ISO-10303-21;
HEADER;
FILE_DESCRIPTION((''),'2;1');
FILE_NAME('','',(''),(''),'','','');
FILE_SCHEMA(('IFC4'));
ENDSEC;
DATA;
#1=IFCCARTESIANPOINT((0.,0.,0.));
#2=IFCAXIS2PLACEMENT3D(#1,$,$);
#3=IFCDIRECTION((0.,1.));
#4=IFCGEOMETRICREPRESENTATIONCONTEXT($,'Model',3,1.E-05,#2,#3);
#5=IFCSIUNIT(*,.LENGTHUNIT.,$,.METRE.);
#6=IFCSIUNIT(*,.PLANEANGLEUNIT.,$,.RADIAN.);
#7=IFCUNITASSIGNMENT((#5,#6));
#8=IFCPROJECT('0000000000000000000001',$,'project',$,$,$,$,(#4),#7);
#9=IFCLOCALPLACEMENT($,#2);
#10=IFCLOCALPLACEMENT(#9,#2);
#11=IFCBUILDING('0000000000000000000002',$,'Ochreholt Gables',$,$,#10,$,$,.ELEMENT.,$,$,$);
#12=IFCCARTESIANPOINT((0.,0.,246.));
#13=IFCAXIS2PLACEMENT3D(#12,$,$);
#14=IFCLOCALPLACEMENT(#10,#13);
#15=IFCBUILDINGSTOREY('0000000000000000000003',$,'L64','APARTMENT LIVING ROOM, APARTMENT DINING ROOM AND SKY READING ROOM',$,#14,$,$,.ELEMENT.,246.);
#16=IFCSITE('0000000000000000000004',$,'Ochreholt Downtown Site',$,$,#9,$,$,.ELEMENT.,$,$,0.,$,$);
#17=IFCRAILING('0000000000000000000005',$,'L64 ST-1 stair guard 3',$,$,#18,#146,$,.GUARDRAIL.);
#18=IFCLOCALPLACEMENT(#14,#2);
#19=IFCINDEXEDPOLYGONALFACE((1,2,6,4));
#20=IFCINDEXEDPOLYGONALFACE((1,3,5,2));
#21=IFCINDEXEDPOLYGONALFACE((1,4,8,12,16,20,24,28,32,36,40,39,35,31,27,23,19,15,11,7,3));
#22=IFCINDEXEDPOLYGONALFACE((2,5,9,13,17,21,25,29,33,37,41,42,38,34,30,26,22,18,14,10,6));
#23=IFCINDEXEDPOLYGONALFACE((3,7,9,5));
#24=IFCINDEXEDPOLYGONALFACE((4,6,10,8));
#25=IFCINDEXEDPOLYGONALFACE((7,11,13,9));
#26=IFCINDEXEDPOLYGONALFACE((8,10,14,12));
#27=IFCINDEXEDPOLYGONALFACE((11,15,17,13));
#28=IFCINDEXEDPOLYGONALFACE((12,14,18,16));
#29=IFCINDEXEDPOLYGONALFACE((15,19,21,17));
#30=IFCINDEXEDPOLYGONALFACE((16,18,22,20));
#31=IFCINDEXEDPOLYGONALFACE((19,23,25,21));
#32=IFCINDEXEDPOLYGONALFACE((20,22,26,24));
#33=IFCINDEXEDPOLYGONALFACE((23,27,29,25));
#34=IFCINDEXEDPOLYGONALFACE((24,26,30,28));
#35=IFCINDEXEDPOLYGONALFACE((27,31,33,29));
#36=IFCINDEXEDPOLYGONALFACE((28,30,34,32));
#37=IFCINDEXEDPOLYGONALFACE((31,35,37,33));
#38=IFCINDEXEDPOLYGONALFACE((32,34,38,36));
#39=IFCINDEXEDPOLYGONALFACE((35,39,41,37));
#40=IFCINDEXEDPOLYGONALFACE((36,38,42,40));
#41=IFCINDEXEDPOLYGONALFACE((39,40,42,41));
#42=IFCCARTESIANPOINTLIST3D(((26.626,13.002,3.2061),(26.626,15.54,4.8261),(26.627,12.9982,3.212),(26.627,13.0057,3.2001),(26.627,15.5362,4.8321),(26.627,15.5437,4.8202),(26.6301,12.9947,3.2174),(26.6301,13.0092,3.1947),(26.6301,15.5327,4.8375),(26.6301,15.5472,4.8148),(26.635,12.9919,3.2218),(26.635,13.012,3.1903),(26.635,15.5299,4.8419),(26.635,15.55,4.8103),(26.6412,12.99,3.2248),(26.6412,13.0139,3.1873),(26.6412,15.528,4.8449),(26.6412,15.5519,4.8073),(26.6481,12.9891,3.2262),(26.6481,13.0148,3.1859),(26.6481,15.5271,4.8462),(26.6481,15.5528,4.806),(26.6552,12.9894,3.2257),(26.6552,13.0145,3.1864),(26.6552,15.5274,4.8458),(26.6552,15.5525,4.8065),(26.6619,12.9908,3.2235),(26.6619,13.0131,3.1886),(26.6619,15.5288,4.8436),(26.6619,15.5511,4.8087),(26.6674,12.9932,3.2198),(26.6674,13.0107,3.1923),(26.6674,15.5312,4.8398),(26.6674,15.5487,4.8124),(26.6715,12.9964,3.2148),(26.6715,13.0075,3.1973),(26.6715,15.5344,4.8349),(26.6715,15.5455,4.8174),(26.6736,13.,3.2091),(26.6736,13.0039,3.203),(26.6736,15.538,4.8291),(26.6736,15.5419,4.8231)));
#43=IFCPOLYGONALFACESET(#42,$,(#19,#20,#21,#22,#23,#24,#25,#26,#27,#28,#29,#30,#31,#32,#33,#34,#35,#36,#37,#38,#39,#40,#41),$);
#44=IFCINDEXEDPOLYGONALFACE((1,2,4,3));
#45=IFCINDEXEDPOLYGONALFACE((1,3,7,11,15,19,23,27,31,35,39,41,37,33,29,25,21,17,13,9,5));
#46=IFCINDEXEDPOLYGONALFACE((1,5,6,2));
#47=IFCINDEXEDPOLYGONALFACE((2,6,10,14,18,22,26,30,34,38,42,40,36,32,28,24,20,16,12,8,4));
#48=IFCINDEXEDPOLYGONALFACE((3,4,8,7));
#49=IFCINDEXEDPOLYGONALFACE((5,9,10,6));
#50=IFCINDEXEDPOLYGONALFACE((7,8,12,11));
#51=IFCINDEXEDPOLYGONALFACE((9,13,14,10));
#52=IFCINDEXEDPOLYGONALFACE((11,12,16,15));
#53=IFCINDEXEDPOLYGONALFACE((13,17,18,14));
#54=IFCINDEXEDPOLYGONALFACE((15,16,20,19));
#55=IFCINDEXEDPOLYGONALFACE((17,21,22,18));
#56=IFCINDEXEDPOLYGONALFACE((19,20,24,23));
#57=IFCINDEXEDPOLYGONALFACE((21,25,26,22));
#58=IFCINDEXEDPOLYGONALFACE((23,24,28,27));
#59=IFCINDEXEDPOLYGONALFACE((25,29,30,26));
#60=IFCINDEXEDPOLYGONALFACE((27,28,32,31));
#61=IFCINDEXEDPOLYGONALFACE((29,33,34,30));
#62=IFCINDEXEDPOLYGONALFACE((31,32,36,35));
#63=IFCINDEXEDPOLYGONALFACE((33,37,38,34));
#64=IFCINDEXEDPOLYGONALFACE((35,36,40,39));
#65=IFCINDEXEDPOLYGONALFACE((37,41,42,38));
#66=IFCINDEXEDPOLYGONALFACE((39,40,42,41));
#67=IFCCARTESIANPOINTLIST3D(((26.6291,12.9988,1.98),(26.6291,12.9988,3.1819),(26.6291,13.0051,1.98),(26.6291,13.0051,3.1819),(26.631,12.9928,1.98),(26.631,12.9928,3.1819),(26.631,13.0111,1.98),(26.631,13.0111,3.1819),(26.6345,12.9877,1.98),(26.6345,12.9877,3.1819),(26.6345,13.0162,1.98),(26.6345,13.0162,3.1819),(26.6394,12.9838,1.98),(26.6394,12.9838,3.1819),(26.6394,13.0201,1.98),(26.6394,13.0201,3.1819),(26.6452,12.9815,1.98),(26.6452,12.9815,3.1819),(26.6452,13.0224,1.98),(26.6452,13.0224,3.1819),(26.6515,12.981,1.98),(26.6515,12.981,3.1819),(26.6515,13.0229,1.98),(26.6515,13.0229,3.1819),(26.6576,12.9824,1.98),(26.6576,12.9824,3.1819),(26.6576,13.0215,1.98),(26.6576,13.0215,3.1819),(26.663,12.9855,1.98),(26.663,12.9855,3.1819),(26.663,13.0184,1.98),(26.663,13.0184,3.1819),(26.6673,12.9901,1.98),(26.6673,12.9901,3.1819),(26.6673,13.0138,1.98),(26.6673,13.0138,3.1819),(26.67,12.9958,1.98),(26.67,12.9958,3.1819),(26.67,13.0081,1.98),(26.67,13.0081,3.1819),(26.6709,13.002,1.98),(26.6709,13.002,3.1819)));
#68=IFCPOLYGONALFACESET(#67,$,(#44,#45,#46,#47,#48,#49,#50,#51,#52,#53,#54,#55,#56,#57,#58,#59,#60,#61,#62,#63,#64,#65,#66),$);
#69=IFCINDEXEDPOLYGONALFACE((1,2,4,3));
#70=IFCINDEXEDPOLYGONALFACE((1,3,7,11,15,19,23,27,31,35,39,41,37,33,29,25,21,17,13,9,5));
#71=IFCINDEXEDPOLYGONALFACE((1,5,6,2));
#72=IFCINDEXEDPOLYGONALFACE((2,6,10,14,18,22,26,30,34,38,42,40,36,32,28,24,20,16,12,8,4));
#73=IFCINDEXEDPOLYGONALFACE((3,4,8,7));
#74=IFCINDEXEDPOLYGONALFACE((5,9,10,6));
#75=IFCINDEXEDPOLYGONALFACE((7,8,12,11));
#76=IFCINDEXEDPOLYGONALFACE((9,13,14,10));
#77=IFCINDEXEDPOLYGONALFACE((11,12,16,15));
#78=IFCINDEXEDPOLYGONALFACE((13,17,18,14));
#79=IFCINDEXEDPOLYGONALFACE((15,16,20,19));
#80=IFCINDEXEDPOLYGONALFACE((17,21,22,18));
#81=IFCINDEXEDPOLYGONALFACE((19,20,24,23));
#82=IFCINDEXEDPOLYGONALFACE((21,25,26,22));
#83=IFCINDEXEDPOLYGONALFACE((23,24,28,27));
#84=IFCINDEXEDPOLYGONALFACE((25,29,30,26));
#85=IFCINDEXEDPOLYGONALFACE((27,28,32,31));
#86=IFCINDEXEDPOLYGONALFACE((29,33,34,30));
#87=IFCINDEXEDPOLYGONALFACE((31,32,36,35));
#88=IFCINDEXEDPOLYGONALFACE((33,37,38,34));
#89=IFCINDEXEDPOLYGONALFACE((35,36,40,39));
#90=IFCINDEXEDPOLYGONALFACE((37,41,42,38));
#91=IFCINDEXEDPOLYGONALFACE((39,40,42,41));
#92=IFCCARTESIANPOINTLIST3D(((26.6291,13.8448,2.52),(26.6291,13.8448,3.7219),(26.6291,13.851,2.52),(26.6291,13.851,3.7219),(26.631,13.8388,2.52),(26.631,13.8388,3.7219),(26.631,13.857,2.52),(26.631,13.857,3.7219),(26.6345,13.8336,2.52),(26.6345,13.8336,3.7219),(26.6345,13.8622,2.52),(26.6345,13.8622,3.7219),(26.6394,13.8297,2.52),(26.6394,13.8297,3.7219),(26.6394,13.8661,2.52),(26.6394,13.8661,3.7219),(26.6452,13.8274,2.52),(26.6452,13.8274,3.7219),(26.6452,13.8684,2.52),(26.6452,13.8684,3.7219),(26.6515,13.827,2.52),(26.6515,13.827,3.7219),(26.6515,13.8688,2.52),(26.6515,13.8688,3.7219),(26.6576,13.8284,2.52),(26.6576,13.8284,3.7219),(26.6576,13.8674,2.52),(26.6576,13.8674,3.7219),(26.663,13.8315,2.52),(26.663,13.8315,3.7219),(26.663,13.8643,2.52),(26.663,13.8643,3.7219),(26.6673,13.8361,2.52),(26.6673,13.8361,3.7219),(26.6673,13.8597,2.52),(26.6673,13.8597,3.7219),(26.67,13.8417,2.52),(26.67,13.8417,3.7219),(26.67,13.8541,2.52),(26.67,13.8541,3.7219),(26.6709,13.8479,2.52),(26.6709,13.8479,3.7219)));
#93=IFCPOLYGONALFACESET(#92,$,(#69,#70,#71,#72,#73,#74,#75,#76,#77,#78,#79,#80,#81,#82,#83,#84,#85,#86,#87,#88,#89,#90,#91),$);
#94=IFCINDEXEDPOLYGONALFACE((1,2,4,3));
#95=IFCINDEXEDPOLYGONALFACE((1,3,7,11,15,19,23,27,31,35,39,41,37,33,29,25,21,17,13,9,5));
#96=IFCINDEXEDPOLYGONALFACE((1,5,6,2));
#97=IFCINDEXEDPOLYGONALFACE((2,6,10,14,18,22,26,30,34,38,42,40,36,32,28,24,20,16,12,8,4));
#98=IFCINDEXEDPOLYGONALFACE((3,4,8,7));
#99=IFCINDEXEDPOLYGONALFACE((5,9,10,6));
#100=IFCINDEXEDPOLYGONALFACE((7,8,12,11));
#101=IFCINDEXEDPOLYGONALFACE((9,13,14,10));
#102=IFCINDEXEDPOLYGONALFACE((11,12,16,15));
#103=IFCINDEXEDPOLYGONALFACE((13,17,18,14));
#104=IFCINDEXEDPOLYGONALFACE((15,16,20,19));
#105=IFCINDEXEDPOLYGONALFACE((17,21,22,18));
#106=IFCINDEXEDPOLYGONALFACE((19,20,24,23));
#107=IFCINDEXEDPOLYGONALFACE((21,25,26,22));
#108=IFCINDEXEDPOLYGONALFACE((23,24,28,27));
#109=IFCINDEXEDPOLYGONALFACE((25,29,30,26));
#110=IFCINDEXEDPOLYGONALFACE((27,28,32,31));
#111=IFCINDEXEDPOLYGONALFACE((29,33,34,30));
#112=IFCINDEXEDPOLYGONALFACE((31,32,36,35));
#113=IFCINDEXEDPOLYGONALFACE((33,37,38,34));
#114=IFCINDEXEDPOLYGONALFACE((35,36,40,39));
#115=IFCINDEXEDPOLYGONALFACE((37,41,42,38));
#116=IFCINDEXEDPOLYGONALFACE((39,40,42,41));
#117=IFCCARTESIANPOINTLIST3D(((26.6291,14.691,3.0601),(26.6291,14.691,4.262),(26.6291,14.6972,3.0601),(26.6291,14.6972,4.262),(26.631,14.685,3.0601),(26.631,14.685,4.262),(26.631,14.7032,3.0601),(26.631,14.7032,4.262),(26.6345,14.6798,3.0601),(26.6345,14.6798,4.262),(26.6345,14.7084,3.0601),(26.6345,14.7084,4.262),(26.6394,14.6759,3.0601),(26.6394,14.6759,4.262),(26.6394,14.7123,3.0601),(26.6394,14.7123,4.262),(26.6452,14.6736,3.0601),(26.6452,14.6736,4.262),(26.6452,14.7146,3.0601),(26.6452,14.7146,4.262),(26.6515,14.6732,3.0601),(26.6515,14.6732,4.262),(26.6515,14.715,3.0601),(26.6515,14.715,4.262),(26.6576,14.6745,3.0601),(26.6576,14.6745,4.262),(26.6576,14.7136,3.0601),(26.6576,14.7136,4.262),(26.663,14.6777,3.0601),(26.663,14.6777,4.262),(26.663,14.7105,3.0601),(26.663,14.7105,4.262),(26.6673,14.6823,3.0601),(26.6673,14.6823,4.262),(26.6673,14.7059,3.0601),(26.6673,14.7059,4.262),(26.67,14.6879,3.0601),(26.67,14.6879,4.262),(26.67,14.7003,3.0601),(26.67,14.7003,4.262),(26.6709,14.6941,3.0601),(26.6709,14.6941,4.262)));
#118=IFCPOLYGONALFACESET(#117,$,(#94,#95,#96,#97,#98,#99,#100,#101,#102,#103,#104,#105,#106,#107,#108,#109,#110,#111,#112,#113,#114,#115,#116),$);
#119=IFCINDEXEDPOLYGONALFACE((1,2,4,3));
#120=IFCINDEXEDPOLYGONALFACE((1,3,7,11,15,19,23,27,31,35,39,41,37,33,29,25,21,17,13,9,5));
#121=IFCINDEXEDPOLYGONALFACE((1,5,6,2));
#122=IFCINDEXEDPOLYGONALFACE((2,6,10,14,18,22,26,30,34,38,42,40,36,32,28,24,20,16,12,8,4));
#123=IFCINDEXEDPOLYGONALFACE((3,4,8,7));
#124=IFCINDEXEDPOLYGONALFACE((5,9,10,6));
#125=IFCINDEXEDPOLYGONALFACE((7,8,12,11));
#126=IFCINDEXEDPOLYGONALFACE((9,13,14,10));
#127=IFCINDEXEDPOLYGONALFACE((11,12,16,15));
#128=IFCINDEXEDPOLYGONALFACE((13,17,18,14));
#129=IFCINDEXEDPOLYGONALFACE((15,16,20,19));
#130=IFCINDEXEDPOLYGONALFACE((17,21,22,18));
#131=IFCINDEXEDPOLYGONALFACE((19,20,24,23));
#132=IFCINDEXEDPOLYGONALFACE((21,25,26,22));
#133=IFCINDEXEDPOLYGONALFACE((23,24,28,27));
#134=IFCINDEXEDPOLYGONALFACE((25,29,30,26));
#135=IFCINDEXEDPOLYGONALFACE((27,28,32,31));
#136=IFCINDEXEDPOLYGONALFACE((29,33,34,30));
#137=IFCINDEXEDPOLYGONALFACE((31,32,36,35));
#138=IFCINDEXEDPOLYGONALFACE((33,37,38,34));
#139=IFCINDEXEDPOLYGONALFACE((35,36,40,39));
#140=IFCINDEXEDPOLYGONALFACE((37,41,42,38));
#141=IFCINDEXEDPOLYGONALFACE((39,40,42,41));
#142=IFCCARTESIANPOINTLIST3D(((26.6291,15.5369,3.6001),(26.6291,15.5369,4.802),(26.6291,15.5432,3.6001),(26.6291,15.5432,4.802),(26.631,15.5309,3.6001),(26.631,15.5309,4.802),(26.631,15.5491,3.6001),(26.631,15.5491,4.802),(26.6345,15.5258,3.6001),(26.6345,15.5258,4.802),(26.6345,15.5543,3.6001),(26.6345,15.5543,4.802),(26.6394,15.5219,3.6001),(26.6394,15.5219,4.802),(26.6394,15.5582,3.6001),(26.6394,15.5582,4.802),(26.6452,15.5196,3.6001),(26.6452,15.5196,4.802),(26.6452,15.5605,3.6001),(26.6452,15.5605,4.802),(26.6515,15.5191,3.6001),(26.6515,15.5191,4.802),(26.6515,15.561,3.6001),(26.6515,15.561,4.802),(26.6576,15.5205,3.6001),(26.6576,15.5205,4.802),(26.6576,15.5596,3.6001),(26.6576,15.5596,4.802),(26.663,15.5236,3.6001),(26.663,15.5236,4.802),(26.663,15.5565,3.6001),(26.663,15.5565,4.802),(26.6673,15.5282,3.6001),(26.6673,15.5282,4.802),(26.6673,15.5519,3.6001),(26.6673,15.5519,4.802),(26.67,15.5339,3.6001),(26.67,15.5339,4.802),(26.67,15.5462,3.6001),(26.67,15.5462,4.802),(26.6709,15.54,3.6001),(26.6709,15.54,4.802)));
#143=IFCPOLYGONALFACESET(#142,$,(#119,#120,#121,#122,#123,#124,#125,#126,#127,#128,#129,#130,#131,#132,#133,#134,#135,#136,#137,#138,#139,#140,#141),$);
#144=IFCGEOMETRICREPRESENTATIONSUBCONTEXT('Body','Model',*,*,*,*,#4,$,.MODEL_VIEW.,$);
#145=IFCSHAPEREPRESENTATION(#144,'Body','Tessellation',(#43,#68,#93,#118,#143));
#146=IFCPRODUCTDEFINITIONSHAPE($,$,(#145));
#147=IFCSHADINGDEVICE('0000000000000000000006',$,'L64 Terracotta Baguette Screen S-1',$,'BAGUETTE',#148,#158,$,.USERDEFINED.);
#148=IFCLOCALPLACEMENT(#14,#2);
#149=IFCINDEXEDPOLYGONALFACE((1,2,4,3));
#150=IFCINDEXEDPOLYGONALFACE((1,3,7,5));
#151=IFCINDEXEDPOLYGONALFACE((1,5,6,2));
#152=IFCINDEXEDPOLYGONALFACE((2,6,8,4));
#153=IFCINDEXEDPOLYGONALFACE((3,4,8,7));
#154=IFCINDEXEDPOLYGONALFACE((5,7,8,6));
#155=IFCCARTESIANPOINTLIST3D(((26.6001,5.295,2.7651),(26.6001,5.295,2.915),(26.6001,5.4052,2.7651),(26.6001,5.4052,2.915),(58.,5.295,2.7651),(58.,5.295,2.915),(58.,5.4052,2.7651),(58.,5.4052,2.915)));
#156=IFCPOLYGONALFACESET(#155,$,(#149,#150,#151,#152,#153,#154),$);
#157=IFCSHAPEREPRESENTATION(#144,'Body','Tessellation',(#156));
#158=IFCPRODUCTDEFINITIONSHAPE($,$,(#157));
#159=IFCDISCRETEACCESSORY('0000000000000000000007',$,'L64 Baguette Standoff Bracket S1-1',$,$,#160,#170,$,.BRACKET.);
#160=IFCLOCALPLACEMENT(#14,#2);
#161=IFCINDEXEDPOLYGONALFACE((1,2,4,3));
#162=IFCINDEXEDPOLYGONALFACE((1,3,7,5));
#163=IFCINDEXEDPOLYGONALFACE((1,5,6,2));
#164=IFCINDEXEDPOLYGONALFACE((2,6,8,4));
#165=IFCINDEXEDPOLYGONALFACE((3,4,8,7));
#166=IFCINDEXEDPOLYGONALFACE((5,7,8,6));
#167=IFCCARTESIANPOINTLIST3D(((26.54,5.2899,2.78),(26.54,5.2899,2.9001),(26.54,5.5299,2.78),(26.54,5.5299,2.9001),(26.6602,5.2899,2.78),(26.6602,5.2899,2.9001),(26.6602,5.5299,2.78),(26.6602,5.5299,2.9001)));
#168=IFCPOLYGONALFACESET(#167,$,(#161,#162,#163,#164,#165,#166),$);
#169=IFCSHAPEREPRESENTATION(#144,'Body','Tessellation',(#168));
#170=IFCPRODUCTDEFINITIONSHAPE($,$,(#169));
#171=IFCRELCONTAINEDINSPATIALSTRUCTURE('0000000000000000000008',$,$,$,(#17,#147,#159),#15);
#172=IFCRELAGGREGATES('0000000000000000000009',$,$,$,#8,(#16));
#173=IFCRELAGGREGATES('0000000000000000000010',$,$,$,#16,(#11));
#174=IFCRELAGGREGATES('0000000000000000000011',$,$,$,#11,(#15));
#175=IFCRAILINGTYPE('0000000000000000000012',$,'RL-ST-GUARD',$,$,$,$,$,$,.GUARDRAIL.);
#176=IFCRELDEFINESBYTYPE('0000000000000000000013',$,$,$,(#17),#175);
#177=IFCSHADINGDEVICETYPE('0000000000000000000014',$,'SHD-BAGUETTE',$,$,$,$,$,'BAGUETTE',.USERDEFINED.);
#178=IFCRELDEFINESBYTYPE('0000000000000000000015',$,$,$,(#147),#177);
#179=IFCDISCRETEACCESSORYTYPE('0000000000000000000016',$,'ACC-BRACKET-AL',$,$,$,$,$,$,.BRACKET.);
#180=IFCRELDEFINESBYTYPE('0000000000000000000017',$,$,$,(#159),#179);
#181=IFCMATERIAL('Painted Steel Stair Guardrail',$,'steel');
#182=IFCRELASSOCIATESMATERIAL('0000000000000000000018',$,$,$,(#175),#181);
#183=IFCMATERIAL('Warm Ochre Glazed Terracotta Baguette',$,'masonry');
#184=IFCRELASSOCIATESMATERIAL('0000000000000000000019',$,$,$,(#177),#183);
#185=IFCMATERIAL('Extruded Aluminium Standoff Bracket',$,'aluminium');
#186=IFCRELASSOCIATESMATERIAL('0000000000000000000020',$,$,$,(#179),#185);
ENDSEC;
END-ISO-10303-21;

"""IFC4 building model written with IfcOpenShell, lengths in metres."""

from ifc_helpers import new_model, si_unit, direction, frame, origin, origin_2d, place, context, subcontext, project, spatial, rectangle, circle, extrude, material, material_profile, profile_set, type_object, element, save


model = new_model("IFC4")

# Units and contexts
model_context = context("Model", 3, precision=1e-05, world=origin(), true_north=direction((0.0, 1.0)))
body_context = subcontext(model_context, "Body", "Model", "MODEL_VIEW")
ifc_project = project(units=[si_unit("LENGTHUNIT", "METRE"), si_unit("PLANEANGLEUNIT", "RADIAN")], contexts=[model_context])

# Site, building, storey
site_placement = place(None, origin())
site = spatial("IfcSite", under=ifc_project, at=site_placement, Name="Ochreholt Downtown Site", CompositionType="ELEMENT", RefElevation=0.0)
building_placement = place(site_placement, origin())
building = spatial("IfcBuilding", under=site, at=building_placement, Name="Ochreholt Gables", CompositionType="ELEMENT")
storey_placement = place(building_placement, frame((0.0, 0.0, 246.0)))
storey = spatial("IfcBuildingStorey", under=building, at=storey_placement, Name="L64", Description="APARTMENT LIVING ROOM, APARTMENT DINING ROOM AND SKY READING ROOM", CompositionType="ELEMENT", Elevation=246.0)

# Railing
ifc_material_1 = material(Name="Painted Steel Stair Guardrail", Category="steel")
railing_type = type_object("IfcRailingType", Name="RL-ST-GUARD", PredefinedType="GUARDRAIL", material=ifc_material_1)
railing_1_placement = place(storey_placement, frame((26.6499, 13.002, 1.98)))
element("IfcRailing", 1, at=railing_1_placement, inside=storey, type_object=railing_type, Name="L64 ST-1 stair guard 3", PredefinedType="GUARDRAIL", context=body_context, shape_type="SweptSolid", body=[
    extrude(circle(Radius=0.0239, at=origin_2d()), frame((0.0, 0.0, 1.2261), z_axis=(0.0, 0.842913, 0.53805), x_axis=(-1.0, 0.0, 0.0)), (0.0, 0.0, 1.0), 3.011),
    extrude(circle(Radius=0.021, at=origin_2d()), origin(), (0.0, 0.0, 1.0), 1.2019),
    extrude(circle(Radius=0.021, at=origin_2d()), frame((0.0, 0.8459, 0.54)), (0.0, 0.0, 1.0), 1.2019),
    extrude(circle(Radius=0.021, at=origin_2d()), frame((0.0, 1.6921, 1.0801)), (0.0, 0.0, 1.0), 1.2019),
    extrude(circle(Radius=0.021, at=origin_2d()), frame((0.0, 2.5381, 1.6201)), (0.0, 0.0, 1.0), 1.2019),
])

# Shading device
ifc_material_2 = material(Name="Warm Ochre Glazed Terracotta Baguette", Category="masonry")
ifc_material_profile_1 = material_profile(ifc_material_2, rectangle(XDim=0.1101, YDim=0.1499, at=origin_2d()), Name="TCBAG110X150")
ifc_profile_set_1 = profile_set([ifc_material_profile_1], Name="Warm Ochre Glazed Terracotta Baguette")
shading_device_type = type_object("IfcShadingDeviceType", Name="SHD-BAGUETTE", ElementType="BAGUETTE", PredefinedType="USERDEFINED", material=ifc_profile_set_1)
shading_device_placement = place(storey_placement, frame((26.6001, 5.3501, 2.8401), z_axis=(1.0, 0.0, 0.0), x_axis=(0.0, 1.0, 0.0)))
element("IfcShadingDevice", 2, at=shading_device_placement, inside=storey, type_object=shading_device_type, Name="L64 Terracotta Baguette Screen S-1", ObjectType="BAGUETTE", PredefinedType="USERDEFINED", context=body_context, shape_type="SweptSolid", body=[
    extrude(rectangle(XDim=0.1101, YDim=0.1499, at=origin_2d()), origin(), (0.0, 0.0, 1.0), 31.3999),
])

# Discrete accessory
ifc_material_3 = material(Name="Extruded Aluminium Standoff Bracket", Category="aluminium")
discrete_accessory_type = type_object("IfcDiscreteAccessoryType", Name="ACC-BRACKET-AL", PredefinedType="BRACKET", material=ifc_material_3)
discrete_accessory_placement = place(storey_placement, frame((26.6001, 5.4099, 2.78), z_axis=(0.0, 0.0, 1.0), x_axis=(1.0, 0.0, 0.0)))
element("IfcDiscreteAccessory", 3, at=discrete_accessory_placement, inside=storey, type_object=discrete_accessory_type, Name="L64 Baguette Standoff Bracket S1-1", PredefinedType="BRACKET", context=body_context, shape_type="SweptSolid", body=[
    extrude(rectangle(XDim=0.1201, YDim=0.24, at=origin_2d()), origin(), (0.0, 0.0, 1.0), 0.1201),
])

save(model, "model.ifc")
